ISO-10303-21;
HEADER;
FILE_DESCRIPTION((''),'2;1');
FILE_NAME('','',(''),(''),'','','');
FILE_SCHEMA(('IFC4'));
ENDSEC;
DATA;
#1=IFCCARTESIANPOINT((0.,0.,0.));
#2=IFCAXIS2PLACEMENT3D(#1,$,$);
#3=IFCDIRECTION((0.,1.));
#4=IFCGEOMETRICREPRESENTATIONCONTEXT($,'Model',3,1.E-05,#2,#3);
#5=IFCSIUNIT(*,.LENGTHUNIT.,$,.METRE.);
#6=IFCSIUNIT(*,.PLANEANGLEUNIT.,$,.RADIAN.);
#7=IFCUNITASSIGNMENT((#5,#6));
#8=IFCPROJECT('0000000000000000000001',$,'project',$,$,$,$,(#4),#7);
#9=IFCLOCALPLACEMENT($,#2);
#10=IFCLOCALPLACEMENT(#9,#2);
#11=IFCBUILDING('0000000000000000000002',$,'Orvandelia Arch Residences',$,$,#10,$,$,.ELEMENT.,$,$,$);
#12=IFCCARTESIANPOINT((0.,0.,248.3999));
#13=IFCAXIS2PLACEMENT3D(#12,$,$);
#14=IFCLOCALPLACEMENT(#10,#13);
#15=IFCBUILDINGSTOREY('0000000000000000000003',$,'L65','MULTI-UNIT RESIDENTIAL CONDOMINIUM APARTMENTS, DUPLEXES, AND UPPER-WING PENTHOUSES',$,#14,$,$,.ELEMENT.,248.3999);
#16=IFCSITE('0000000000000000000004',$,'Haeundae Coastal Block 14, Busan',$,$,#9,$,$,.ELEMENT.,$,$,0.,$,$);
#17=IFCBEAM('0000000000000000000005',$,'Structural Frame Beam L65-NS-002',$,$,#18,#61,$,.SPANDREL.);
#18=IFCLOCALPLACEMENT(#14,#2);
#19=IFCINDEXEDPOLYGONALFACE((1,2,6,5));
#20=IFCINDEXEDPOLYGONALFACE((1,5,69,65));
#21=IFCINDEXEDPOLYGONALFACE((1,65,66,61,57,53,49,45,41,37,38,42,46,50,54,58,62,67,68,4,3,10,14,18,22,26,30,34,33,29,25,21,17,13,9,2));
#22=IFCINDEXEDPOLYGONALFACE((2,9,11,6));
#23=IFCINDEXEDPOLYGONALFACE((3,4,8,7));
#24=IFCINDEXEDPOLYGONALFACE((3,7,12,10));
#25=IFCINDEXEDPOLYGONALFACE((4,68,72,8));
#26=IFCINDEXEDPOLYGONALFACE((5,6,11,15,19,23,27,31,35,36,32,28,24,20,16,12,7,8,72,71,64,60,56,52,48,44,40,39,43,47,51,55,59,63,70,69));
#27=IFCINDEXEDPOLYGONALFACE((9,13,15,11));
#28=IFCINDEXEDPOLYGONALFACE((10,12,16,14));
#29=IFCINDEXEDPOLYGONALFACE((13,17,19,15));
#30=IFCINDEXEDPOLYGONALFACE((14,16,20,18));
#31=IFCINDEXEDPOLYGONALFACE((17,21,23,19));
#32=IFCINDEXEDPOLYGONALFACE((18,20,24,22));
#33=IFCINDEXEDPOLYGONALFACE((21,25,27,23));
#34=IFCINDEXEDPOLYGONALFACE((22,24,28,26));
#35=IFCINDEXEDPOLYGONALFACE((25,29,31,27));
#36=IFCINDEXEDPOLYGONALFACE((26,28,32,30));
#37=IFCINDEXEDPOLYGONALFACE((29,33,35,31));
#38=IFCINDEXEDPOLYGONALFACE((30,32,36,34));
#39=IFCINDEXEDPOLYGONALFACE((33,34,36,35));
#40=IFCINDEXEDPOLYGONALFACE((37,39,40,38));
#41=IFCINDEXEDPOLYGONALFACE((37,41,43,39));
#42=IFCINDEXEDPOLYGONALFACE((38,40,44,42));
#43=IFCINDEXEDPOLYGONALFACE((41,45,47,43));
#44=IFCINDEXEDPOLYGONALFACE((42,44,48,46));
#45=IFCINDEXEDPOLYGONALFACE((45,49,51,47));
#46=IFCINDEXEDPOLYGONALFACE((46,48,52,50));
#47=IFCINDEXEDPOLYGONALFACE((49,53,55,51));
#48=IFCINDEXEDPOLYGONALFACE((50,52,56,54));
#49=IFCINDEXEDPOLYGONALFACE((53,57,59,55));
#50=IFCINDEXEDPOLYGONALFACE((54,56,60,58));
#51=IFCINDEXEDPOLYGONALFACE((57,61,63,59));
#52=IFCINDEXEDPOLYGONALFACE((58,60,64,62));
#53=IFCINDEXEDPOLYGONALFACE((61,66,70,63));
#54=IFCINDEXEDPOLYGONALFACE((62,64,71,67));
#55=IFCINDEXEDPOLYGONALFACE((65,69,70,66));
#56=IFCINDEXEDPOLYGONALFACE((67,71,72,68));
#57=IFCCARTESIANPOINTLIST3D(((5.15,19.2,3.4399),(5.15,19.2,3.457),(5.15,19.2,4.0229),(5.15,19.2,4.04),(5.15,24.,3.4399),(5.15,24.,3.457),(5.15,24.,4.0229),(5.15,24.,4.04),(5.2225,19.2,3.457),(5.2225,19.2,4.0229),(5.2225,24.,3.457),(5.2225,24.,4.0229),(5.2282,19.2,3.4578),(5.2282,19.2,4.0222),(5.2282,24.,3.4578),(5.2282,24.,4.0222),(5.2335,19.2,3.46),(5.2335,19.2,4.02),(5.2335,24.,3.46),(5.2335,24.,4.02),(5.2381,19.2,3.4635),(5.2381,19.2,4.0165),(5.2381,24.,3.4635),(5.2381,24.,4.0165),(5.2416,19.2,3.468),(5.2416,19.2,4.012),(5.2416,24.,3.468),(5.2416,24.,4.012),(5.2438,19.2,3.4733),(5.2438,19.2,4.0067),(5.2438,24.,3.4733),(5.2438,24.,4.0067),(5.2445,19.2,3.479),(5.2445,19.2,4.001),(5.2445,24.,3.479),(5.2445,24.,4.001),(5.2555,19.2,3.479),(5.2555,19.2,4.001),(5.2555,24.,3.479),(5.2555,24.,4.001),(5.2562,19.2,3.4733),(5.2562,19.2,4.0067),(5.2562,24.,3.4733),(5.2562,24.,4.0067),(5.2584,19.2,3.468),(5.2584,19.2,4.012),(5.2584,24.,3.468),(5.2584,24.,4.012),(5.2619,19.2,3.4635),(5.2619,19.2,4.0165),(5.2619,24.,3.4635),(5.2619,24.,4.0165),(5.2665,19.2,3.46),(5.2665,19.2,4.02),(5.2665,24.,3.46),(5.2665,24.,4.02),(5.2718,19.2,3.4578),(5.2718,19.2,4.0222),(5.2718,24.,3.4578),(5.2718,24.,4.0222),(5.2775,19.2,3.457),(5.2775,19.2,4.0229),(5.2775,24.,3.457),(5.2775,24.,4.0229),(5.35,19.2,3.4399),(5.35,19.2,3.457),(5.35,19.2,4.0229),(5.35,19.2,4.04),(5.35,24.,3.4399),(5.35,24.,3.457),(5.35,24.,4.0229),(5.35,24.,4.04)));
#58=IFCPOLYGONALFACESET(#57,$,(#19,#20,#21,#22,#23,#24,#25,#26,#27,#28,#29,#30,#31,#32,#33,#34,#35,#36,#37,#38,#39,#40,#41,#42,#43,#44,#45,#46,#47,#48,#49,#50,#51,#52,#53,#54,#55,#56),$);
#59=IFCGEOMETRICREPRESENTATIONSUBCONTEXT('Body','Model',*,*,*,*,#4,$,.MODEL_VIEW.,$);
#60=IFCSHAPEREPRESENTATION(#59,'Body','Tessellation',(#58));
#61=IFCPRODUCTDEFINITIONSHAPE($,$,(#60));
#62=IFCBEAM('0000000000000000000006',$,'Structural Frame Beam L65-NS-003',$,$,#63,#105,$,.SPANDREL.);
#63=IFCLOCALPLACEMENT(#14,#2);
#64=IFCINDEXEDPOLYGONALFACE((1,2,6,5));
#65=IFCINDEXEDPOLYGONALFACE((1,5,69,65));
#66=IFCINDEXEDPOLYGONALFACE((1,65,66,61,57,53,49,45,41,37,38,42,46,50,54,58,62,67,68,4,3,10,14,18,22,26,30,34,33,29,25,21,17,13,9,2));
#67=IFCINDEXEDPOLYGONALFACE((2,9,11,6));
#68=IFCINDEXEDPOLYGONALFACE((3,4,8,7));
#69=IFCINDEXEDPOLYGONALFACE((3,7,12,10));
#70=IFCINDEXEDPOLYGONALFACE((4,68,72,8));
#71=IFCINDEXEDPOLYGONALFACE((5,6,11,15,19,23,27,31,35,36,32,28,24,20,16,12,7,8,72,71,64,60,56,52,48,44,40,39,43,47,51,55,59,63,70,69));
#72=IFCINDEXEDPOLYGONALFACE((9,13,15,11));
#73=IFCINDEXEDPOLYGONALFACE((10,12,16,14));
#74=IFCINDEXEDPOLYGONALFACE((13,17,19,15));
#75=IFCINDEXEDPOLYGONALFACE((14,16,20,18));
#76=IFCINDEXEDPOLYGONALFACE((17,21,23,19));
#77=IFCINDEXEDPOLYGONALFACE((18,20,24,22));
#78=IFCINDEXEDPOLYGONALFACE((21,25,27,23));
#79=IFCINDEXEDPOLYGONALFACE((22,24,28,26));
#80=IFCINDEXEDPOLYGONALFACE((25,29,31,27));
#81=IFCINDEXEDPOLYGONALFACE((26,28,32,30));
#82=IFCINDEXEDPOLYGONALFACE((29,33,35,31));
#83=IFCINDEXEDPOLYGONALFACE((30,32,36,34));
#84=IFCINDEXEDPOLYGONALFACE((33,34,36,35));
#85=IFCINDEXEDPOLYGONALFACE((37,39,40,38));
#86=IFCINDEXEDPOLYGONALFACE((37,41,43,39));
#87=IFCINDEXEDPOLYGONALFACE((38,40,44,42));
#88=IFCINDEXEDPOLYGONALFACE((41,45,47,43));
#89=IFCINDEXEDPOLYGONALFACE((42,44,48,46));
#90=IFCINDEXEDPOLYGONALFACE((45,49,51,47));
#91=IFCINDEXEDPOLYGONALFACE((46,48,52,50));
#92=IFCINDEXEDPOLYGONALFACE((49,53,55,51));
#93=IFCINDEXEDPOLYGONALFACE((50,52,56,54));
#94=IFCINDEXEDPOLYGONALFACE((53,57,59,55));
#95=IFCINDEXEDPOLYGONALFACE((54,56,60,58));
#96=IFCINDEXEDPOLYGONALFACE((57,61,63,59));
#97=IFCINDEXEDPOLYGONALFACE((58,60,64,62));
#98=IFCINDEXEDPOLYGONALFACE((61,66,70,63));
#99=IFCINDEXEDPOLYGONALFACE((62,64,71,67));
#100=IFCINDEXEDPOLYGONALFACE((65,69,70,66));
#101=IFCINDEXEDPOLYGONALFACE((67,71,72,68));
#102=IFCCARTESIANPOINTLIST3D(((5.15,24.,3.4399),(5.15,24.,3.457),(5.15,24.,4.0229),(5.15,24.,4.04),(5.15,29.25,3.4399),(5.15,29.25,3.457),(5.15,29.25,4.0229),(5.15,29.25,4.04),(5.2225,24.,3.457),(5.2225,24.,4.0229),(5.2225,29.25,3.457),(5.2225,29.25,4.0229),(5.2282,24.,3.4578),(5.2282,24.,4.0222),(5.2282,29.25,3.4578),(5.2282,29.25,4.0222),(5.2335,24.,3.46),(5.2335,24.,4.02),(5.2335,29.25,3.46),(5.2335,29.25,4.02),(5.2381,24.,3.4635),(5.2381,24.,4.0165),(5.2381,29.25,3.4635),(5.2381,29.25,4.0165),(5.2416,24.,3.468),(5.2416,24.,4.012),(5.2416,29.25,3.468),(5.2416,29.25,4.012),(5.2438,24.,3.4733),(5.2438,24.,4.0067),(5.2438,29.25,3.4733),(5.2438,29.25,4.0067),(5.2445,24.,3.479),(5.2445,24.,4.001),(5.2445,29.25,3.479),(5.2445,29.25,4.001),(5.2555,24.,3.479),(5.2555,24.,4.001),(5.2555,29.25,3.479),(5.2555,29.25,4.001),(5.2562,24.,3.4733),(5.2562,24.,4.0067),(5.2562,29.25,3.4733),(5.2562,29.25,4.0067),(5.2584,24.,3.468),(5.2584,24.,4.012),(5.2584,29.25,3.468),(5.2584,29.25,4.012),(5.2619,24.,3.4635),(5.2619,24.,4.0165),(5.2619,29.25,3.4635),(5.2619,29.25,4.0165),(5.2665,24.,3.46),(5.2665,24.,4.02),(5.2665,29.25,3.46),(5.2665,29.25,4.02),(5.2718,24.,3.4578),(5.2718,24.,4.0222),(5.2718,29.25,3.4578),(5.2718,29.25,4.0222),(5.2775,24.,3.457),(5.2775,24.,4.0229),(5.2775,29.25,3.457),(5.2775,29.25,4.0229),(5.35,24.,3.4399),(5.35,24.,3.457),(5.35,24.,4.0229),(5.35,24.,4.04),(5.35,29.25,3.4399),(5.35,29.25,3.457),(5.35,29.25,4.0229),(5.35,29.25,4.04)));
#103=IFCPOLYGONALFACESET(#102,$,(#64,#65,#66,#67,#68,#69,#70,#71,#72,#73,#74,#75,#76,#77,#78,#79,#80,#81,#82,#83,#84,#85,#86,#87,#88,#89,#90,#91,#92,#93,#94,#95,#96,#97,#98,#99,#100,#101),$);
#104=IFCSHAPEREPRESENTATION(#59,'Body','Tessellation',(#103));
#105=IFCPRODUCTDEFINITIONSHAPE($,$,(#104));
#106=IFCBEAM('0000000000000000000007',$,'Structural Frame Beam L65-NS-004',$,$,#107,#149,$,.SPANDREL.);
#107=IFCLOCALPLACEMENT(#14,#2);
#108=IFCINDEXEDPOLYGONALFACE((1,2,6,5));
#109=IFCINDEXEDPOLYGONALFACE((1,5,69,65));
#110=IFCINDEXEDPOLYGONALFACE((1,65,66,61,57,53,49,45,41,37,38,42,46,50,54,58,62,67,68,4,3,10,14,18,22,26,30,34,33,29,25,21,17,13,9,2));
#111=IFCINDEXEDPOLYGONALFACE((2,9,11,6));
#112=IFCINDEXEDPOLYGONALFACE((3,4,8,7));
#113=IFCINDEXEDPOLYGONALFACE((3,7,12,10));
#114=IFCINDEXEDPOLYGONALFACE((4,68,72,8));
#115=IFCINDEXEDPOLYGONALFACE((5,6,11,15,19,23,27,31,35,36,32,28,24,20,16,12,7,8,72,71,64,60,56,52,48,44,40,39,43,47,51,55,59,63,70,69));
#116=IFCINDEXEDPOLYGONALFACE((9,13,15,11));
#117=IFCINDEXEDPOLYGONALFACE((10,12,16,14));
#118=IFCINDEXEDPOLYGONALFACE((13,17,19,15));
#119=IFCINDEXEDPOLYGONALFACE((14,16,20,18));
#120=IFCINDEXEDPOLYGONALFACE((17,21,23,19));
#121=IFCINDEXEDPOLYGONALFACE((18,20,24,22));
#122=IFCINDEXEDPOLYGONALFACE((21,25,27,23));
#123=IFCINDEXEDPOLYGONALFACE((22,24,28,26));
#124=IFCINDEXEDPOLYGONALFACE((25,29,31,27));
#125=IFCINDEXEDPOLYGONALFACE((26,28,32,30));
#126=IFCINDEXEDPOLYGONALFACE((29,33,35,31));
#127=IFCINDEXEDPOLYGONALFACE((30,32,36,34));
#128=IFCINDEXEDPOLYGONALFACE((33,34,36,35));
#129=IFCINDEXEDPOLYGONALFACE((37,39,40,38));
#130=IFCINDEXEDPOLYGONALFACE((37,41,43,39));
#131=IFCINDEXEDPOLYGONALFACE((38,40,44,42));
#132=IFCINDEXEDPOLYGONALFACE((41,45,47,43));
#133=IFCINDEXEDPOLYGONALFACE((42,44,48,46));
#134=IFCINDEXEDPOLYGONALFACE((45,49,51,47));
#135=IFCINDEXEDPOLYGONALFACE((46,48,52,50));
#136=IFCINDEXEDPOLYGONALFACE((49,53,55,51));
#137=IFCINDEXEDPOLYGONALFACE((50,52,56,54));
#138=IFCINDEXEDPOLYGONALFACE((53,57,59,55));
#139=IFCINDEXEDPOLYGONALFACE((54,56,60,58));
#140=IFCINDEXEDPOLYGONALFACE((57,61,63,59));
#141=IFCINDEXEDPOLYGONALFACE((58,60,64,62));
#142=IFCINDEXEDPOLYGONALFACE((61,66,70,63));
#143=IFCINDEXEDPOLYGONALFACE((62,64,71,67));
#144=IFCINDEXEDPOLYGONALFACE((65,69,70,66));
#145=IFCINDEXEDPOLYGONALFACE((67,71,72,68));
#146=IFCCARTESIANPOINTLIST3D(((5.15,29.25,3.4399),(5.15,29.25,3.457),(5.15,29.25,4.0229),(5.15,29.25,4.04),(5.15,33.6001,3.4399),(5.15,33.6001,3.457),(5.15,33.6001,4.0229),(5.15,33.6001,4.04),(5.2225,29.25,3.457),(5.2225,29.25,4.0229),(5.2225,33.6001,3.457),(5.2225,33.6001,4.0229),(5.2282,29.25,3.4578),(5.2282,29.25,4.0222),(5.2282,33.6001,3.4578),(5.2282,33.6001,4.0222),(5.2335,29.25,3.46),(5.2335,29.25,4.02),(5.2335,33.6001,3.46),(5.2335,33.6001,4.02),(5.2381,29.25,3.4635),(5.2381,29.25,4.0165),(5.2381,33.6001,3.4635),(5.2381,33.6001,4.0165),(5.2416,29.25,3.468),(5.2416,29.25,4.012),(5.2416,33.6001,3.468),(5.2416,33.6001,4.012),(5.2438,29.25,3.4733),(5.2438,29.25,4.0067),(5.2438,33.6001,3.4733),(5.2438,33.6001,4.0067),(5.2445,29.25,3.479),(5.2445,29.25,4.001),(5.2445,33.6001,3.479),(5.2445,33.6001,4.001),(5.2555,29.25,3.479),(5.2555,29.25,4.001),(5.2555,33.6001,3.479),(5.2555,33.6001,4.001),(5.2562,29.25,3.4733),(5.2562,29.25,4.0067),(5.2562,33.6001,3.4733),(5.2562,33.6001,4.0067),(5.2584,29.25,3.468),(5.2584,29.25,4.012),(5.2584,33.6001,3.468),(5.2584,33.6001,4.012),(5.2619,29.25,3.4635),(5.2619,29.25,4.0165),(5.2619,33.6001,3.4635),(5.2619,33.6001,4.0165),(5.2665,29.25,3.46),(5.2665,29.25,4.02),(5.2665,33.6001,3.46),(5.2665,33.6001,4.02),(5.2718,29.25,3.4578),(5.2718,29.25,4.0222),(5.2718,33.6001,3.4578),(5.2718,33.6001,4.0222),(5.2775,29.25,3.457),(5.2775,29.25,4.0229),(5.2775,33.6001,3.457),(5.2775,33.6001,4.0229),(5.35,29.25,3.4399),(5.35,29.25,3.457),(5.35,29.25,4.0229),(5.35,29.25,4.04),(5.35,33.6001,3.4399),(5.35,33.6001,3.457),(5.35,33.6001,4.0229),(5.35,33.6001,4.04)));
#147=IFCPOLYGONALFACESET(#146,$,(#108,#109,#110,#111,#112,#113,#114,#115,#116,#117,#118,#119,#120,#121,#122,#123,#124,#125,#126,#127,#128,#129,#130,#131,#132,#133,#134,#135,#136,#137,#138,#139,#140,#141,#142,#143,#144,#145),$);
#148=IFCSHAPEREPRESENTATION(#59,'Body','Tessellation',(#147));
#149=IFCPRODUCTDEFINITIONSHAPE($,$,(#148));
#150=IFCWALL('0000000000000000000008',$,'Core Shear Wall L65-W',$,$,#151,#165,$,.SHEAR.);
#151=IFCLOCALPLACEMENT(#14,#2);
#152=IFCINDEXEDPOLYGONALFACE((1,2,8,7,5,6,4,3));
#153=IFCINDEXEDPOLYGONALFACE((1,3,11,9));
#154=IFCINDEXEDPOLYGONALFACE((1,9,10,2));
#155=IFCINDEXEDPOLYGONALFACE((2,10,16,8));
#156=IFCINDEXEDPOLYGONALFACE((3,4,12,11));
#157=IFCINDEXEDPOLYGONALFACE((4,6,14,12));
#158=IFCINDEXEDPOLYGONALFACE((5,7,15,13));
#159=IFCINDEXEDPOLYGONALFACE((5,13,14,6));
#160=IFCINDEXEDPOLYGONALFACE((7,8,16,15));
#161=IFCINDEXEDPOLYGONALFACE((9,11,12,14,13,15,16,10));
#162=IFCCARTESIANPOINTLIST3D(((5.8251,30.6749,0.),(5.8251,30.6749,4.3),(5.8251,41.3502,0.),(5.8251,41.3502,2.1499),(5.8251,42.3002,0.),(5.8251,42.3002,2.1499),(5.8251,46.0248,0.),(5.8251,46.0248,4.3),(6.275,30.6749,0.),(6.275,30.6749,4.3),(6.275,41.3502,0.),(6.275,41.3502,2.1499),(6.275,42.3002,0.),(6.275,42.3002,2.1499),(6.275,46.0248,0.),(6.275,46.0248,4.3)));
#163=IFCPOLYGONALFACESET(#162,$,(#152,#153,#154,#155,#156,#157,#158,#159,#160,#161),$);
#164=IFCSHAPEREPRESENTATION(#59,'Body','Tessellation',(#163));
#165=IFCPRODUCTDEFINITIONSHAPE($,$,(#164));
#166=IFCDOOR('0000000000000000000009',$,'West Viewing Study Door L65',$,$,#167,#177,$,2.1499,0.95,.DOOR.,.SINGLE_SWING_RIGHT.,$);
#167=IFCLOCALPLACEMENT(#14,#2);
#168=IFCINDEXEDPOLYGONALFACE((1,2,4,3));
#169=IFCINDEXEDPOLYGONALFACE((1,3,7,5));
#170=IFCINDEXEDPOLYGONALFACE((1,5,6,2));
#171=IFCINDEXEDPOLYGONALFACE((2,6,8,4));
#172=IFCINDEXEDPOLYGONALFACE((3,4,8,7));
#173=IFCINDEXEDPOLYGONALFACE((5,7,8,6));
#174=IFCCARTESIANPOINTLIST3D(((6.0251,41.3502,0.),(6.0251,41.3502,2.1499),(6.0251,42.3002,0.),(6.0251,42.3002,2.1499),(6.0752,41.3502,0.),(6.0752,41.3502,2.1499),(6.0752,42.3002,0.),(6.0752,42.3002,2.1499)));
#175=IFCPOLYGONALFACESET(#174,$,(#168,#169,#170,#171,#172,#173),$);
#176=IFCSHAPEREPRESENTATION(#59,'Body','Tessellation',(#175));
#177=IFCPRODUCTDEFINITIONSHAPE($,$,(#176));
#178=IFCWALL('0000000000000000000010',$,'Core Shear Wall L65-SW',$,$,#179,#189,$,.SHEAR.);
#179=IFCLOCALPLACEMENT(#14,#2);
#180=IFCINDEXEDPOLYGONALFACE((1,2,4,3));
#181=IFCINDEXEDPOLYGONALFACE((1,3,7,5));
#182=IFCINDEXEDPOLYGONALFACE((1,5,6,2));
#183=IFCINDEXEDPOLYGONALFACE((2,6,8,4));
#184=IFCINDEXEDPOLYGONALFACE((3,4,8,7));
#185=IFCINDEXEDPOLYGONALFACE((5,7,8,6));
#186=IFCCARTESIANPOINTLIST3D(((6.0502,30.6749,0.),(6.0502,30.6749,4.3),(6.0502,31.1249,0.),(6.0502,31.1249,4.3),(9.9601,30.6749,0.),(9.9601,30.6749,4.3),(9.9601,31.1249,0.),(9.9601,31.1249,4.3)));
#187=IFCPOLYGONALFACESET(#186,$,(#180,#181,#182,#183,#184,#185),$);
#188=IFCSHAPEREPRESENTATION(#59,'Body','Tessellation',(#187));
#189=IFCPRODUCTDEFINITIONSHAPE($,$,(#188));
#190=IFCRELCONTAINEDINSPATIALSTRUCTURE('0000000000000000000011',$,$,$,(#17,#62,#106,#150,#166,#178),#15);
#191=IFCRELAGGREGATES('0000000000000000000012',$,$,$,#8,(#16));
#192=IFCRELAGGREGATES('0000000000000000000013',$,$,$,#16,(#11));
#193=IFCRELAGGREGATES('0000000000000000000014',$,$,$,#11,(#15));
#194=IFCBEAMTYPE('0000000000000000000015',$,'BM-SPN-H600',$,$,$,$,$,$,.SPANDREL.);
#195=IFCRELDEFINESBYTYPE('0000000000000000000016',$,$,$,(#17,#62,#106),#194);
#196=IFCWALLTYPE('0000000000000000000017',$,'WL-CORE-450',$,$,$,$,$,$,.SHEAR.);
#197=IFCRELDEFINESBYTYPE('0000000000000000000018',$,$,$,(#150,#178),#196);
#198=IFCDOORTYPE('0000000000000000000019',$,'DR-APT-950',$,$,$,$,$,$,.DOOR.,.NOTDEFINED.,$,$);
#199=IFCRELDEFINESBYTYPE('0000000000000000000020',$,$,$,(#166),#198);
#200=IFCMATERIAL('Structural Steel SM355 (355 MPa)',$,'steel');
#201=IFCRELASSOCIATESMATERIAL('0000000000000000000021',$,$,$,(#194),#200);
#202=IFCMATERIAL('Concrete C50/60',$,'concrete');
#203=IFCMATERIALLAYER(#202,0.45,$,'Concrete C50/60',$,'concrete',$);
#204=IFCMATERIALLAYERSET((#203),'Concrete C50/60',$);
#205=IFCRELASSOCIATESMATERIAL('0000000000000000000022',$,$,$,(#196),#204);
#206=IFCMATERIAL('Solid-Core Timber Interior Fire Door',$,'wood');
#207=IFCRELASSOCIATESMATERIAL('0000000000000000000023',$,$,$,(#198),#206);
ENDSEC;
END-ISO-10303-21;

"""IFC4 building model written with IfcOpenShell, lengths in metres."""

from ifc_helpers import new_model, si_unit, direction, frame, frame_2d, origin, origin_2d, place, context, subcontext, project, spatial, rectangle, i_section, extrude, material, layer, layer_set, material_profile, profile_set, type_object, element, fill, save


model = new_model("IFC4")

# Units and contexts
model_context = context("Model", 3, precision=1e-05, world=origin(), true_north=direction((0.0, 1.0)))
body_context = subcontext(model_context, "Body", "Model", "MODEL_VIEW")
ifc_project = project(units=[si_unit("LENGTHUNIT", "METRE"), si_unit("PLANEANGLEUNIT", "RADIAN")], contexts=[model_context])

# Site, building, storey
site_placement = place(None, origin())
site = spatial("IfcSite", under=ifc_project, at=site_placement, Name="Haeundae Coastal Block 14, Busan", CompositionType="ELEMENT", RefElevation=0.0)
building_placement = place(site_placement, origin())
building = spatial("IfcBuilding", under=site, at=building_placement, Name="Orvandelia Arch Residences", CompositionType="ELEMENT")
storey_placement = place(building_placement, frame((0.0, 0.0, 248.3999)))
storey = spatial("IfcBuildingStorey", under=building, at=storey_placement, Name="L65", Description="MULTI-UNIT RESIDENTIAL CONDOMINIUM APARTMENTS, DUPLEXES, AND UPPER-WING PENTHOUSES", CompositionType="ELEMENT", Elevation=248.3999)

# Shared definitions
ifc_material_1 = material(Name="Concrete C50/60", Category="concrete")

# Beams
ifc_material_2 = material(Name="Structural Steel SM355 (355 MPa)", Category="steel")
ifc_material_profile_1 = material_profile(ifc_material_2, i_section(OverallWidth=0.2, OverallDepth=0.6001, WebThickness=0.011, FlangeThickness=0.0171, FilletRadius=0.022, at=origin_2d()), Name="Structural Steel SM355 (355 MPa)", Category="steel")
ifc_profile_set_1 = profile_set([ifc_material_profile_1], Name="Structural Steel SM355 (355 MPa)")
beam_type_1 = type_object("IfcBeamType", Name="BM-SPN-H600", PredefinedType="SPANDREL", material=ifc_profile_set_1)
beam_1_placement = place(storey_placement, frame((5.25, 19.2, 3.74), z_axis=(0.0, 1.0, 0.0), x_axis=(-1.0, 0.0, 0.0)))
element("IfcBeam", 1, at=beam_1_placement, inside=storey, type_object=beam_type_1, Name="Structural Frame Beam L65-NS-002", PredefinedType="SPANDREL", context=body_context, shape_type="SweptSolid", body=[
    extrude(i_section(OverallWidth=0.2, OverallDepth=0.6001, WebThickness=0.011, FlangeThickness=0.0171, FilletRadius=0.022, at=origin_2d()), origin(), (0.0, 0.0, 1.0), 4.8),
])
beam_2_placement = place(storey_placement, frame((5.25, 24.0, 3.74), z_axis=(0.0, 1.0, 0.0), x_axis=(-1.0, 0.0, 0.0)))
element("IfcBeam", 2, at=beam_2_placement, inside=storey, type_object=beam_type_1, Name="Structural Frame Beam L65-NS-003", PredefinedType="SPANDREL", context=body_context, shape_type="SweptSolid", body=[
    extrude(i_section(OverallWidth=0.2, OverallDepth=0.6001, WebThickness=0.011, FlangeThickness=0.0171, FilletRadius=0.022, at=origin_2d()), origin(), (0.0, 0.0, 1.0), 5.25),
])
beam_3_placement = place(storey_placement, frame((5.25, 29.25, 3.74), z_axis=(0.0, 1.0, 0.0), x_axis=(-1.0, 0.0, 0.0)))
element("IfcBeam", 3, at=beam_3_placement, inside=storey, type_object=beam_type_1, Name="Structural Frame Beam L65-NS-004", PredefinedType="SPANDREL", context=body_context, shape_type="SweptSolid", body=[
    extrude(i_section(OverallWidth=0.2, OverallDepth=0.6001, WebThickness=0.011, FlangeThickness=0.0171, FilletRadius=0.022, at=origin_2d()), origin(), (0.0, 0.0, 1.0), 4.3501),
])

# Wall, opening, door
ifc_layer_1 = layer(ifc_material_1, 0.45, Name="Concrete C50/60", Category="concrete")
ifc_layer_set_1 = layer_set([ifc_layer_1], Name="Concrete C50/60")
wall_type_1 = type_object("IfcWallType", Name="WL-CORE-450", PredefinedType="SHEAR", material=ifc_layer_set_1)
wall_1_placement = place(storey_placement, frame((6.05, 30.675, 0.0), z_axis=(0.0, 0.0, 1.0), x_axis=(0.0, 1.0, 0.0)))
wall_1 = element("IfcWall", 4, at=wall_1_placement, inside=storey, type_object=wall_type_1, Name="Core Shear Wall L65-W", PredefinedType="SHEAR", context=body_context, shape_type="SweptSolid", body=[
    extrude(rectangle(XDim=15.3499, YDim=0.45, at=frame_2d((7.6748, 0.0))), origin(), (0.0, 0.0, 1.0), 4.3),
])
opening_1_placement = place(wall_1_placement, frame((10.675, 0.0, 0.0)))
opening_1 = element("IfcOpeningElement", 5, at=opening_1_placement, cuts=wall_1, PredefinedType="OPENING", context=body_context, shape_type="SweptSolid", body=[
    extrude(rectangle(XDim=0.95, YDim=2.1499, at=frame_2d((0.4751, 1.075))), frame((0.0, 0.2349, 0.0), z_axis=(0.0, -1.0, 0.0), x_axis=(1.0, 0.0, 0.0)), (0.0, 0.0, 1.0), 0.47),
])
ifc_material_3 = material(Name="Solid-Core Timber Interior Fire Door", Category="wood")
door_type_1 = type_object("IfcDoorType", Name="DR-APT-950", OperationType="NOTDEFINED", PredefinedType="DOOR", material=ifc_material_3)
door_1_placement = place(opening_1_placement, origin())
door_1 = element("IfcDoor", 6, at=door_1_placement, inside=storey, type_object=door_type_1, Name="West Viewing Study Door L65", OperationType="SINGLE_SWING_RIGHT", OverallHeight=2.1499, OverallWidth=0.95, PredefinedType="DOOR", context=body_context, shape_type="SweptSolid", body=[
    extrude(rectangle(XDim=0.95, YDim=2.1499, at=frame_2d((0.4751, 1.075))), frame((0.0, 0.0249, 0.0), z_axis=(0.0, -1.0, 0.0), x_axis=(1.0, 0.0, 0.0)), (0.0, 0.0, 1.0), 0.05),
])
fill(opening_1, door_1)

# Wall
wall_2_placement = place(storey_placement, frame((6.05, 30.8999, 0.0), z_axis=(0.0, 0.0, 1.0), x_axis=(1.0, 0.0, 0.0)))
element("IfcWall", 7, at=wall_2_placement, inside=storey, type_object=wall_type_1, Name="Core Shear Wall L65-SW", PredefinedType="SHEAR", context=body_context, shape_type="SweptSolid", body=[
    extrude(rectangle(XDim=3.9099, YDim=0.45, at=frame_2d((1.9551, 0.0))), origin(), (0.0, 0.0, 1.0), 4.3),
])

save(model, "model.ifc")
